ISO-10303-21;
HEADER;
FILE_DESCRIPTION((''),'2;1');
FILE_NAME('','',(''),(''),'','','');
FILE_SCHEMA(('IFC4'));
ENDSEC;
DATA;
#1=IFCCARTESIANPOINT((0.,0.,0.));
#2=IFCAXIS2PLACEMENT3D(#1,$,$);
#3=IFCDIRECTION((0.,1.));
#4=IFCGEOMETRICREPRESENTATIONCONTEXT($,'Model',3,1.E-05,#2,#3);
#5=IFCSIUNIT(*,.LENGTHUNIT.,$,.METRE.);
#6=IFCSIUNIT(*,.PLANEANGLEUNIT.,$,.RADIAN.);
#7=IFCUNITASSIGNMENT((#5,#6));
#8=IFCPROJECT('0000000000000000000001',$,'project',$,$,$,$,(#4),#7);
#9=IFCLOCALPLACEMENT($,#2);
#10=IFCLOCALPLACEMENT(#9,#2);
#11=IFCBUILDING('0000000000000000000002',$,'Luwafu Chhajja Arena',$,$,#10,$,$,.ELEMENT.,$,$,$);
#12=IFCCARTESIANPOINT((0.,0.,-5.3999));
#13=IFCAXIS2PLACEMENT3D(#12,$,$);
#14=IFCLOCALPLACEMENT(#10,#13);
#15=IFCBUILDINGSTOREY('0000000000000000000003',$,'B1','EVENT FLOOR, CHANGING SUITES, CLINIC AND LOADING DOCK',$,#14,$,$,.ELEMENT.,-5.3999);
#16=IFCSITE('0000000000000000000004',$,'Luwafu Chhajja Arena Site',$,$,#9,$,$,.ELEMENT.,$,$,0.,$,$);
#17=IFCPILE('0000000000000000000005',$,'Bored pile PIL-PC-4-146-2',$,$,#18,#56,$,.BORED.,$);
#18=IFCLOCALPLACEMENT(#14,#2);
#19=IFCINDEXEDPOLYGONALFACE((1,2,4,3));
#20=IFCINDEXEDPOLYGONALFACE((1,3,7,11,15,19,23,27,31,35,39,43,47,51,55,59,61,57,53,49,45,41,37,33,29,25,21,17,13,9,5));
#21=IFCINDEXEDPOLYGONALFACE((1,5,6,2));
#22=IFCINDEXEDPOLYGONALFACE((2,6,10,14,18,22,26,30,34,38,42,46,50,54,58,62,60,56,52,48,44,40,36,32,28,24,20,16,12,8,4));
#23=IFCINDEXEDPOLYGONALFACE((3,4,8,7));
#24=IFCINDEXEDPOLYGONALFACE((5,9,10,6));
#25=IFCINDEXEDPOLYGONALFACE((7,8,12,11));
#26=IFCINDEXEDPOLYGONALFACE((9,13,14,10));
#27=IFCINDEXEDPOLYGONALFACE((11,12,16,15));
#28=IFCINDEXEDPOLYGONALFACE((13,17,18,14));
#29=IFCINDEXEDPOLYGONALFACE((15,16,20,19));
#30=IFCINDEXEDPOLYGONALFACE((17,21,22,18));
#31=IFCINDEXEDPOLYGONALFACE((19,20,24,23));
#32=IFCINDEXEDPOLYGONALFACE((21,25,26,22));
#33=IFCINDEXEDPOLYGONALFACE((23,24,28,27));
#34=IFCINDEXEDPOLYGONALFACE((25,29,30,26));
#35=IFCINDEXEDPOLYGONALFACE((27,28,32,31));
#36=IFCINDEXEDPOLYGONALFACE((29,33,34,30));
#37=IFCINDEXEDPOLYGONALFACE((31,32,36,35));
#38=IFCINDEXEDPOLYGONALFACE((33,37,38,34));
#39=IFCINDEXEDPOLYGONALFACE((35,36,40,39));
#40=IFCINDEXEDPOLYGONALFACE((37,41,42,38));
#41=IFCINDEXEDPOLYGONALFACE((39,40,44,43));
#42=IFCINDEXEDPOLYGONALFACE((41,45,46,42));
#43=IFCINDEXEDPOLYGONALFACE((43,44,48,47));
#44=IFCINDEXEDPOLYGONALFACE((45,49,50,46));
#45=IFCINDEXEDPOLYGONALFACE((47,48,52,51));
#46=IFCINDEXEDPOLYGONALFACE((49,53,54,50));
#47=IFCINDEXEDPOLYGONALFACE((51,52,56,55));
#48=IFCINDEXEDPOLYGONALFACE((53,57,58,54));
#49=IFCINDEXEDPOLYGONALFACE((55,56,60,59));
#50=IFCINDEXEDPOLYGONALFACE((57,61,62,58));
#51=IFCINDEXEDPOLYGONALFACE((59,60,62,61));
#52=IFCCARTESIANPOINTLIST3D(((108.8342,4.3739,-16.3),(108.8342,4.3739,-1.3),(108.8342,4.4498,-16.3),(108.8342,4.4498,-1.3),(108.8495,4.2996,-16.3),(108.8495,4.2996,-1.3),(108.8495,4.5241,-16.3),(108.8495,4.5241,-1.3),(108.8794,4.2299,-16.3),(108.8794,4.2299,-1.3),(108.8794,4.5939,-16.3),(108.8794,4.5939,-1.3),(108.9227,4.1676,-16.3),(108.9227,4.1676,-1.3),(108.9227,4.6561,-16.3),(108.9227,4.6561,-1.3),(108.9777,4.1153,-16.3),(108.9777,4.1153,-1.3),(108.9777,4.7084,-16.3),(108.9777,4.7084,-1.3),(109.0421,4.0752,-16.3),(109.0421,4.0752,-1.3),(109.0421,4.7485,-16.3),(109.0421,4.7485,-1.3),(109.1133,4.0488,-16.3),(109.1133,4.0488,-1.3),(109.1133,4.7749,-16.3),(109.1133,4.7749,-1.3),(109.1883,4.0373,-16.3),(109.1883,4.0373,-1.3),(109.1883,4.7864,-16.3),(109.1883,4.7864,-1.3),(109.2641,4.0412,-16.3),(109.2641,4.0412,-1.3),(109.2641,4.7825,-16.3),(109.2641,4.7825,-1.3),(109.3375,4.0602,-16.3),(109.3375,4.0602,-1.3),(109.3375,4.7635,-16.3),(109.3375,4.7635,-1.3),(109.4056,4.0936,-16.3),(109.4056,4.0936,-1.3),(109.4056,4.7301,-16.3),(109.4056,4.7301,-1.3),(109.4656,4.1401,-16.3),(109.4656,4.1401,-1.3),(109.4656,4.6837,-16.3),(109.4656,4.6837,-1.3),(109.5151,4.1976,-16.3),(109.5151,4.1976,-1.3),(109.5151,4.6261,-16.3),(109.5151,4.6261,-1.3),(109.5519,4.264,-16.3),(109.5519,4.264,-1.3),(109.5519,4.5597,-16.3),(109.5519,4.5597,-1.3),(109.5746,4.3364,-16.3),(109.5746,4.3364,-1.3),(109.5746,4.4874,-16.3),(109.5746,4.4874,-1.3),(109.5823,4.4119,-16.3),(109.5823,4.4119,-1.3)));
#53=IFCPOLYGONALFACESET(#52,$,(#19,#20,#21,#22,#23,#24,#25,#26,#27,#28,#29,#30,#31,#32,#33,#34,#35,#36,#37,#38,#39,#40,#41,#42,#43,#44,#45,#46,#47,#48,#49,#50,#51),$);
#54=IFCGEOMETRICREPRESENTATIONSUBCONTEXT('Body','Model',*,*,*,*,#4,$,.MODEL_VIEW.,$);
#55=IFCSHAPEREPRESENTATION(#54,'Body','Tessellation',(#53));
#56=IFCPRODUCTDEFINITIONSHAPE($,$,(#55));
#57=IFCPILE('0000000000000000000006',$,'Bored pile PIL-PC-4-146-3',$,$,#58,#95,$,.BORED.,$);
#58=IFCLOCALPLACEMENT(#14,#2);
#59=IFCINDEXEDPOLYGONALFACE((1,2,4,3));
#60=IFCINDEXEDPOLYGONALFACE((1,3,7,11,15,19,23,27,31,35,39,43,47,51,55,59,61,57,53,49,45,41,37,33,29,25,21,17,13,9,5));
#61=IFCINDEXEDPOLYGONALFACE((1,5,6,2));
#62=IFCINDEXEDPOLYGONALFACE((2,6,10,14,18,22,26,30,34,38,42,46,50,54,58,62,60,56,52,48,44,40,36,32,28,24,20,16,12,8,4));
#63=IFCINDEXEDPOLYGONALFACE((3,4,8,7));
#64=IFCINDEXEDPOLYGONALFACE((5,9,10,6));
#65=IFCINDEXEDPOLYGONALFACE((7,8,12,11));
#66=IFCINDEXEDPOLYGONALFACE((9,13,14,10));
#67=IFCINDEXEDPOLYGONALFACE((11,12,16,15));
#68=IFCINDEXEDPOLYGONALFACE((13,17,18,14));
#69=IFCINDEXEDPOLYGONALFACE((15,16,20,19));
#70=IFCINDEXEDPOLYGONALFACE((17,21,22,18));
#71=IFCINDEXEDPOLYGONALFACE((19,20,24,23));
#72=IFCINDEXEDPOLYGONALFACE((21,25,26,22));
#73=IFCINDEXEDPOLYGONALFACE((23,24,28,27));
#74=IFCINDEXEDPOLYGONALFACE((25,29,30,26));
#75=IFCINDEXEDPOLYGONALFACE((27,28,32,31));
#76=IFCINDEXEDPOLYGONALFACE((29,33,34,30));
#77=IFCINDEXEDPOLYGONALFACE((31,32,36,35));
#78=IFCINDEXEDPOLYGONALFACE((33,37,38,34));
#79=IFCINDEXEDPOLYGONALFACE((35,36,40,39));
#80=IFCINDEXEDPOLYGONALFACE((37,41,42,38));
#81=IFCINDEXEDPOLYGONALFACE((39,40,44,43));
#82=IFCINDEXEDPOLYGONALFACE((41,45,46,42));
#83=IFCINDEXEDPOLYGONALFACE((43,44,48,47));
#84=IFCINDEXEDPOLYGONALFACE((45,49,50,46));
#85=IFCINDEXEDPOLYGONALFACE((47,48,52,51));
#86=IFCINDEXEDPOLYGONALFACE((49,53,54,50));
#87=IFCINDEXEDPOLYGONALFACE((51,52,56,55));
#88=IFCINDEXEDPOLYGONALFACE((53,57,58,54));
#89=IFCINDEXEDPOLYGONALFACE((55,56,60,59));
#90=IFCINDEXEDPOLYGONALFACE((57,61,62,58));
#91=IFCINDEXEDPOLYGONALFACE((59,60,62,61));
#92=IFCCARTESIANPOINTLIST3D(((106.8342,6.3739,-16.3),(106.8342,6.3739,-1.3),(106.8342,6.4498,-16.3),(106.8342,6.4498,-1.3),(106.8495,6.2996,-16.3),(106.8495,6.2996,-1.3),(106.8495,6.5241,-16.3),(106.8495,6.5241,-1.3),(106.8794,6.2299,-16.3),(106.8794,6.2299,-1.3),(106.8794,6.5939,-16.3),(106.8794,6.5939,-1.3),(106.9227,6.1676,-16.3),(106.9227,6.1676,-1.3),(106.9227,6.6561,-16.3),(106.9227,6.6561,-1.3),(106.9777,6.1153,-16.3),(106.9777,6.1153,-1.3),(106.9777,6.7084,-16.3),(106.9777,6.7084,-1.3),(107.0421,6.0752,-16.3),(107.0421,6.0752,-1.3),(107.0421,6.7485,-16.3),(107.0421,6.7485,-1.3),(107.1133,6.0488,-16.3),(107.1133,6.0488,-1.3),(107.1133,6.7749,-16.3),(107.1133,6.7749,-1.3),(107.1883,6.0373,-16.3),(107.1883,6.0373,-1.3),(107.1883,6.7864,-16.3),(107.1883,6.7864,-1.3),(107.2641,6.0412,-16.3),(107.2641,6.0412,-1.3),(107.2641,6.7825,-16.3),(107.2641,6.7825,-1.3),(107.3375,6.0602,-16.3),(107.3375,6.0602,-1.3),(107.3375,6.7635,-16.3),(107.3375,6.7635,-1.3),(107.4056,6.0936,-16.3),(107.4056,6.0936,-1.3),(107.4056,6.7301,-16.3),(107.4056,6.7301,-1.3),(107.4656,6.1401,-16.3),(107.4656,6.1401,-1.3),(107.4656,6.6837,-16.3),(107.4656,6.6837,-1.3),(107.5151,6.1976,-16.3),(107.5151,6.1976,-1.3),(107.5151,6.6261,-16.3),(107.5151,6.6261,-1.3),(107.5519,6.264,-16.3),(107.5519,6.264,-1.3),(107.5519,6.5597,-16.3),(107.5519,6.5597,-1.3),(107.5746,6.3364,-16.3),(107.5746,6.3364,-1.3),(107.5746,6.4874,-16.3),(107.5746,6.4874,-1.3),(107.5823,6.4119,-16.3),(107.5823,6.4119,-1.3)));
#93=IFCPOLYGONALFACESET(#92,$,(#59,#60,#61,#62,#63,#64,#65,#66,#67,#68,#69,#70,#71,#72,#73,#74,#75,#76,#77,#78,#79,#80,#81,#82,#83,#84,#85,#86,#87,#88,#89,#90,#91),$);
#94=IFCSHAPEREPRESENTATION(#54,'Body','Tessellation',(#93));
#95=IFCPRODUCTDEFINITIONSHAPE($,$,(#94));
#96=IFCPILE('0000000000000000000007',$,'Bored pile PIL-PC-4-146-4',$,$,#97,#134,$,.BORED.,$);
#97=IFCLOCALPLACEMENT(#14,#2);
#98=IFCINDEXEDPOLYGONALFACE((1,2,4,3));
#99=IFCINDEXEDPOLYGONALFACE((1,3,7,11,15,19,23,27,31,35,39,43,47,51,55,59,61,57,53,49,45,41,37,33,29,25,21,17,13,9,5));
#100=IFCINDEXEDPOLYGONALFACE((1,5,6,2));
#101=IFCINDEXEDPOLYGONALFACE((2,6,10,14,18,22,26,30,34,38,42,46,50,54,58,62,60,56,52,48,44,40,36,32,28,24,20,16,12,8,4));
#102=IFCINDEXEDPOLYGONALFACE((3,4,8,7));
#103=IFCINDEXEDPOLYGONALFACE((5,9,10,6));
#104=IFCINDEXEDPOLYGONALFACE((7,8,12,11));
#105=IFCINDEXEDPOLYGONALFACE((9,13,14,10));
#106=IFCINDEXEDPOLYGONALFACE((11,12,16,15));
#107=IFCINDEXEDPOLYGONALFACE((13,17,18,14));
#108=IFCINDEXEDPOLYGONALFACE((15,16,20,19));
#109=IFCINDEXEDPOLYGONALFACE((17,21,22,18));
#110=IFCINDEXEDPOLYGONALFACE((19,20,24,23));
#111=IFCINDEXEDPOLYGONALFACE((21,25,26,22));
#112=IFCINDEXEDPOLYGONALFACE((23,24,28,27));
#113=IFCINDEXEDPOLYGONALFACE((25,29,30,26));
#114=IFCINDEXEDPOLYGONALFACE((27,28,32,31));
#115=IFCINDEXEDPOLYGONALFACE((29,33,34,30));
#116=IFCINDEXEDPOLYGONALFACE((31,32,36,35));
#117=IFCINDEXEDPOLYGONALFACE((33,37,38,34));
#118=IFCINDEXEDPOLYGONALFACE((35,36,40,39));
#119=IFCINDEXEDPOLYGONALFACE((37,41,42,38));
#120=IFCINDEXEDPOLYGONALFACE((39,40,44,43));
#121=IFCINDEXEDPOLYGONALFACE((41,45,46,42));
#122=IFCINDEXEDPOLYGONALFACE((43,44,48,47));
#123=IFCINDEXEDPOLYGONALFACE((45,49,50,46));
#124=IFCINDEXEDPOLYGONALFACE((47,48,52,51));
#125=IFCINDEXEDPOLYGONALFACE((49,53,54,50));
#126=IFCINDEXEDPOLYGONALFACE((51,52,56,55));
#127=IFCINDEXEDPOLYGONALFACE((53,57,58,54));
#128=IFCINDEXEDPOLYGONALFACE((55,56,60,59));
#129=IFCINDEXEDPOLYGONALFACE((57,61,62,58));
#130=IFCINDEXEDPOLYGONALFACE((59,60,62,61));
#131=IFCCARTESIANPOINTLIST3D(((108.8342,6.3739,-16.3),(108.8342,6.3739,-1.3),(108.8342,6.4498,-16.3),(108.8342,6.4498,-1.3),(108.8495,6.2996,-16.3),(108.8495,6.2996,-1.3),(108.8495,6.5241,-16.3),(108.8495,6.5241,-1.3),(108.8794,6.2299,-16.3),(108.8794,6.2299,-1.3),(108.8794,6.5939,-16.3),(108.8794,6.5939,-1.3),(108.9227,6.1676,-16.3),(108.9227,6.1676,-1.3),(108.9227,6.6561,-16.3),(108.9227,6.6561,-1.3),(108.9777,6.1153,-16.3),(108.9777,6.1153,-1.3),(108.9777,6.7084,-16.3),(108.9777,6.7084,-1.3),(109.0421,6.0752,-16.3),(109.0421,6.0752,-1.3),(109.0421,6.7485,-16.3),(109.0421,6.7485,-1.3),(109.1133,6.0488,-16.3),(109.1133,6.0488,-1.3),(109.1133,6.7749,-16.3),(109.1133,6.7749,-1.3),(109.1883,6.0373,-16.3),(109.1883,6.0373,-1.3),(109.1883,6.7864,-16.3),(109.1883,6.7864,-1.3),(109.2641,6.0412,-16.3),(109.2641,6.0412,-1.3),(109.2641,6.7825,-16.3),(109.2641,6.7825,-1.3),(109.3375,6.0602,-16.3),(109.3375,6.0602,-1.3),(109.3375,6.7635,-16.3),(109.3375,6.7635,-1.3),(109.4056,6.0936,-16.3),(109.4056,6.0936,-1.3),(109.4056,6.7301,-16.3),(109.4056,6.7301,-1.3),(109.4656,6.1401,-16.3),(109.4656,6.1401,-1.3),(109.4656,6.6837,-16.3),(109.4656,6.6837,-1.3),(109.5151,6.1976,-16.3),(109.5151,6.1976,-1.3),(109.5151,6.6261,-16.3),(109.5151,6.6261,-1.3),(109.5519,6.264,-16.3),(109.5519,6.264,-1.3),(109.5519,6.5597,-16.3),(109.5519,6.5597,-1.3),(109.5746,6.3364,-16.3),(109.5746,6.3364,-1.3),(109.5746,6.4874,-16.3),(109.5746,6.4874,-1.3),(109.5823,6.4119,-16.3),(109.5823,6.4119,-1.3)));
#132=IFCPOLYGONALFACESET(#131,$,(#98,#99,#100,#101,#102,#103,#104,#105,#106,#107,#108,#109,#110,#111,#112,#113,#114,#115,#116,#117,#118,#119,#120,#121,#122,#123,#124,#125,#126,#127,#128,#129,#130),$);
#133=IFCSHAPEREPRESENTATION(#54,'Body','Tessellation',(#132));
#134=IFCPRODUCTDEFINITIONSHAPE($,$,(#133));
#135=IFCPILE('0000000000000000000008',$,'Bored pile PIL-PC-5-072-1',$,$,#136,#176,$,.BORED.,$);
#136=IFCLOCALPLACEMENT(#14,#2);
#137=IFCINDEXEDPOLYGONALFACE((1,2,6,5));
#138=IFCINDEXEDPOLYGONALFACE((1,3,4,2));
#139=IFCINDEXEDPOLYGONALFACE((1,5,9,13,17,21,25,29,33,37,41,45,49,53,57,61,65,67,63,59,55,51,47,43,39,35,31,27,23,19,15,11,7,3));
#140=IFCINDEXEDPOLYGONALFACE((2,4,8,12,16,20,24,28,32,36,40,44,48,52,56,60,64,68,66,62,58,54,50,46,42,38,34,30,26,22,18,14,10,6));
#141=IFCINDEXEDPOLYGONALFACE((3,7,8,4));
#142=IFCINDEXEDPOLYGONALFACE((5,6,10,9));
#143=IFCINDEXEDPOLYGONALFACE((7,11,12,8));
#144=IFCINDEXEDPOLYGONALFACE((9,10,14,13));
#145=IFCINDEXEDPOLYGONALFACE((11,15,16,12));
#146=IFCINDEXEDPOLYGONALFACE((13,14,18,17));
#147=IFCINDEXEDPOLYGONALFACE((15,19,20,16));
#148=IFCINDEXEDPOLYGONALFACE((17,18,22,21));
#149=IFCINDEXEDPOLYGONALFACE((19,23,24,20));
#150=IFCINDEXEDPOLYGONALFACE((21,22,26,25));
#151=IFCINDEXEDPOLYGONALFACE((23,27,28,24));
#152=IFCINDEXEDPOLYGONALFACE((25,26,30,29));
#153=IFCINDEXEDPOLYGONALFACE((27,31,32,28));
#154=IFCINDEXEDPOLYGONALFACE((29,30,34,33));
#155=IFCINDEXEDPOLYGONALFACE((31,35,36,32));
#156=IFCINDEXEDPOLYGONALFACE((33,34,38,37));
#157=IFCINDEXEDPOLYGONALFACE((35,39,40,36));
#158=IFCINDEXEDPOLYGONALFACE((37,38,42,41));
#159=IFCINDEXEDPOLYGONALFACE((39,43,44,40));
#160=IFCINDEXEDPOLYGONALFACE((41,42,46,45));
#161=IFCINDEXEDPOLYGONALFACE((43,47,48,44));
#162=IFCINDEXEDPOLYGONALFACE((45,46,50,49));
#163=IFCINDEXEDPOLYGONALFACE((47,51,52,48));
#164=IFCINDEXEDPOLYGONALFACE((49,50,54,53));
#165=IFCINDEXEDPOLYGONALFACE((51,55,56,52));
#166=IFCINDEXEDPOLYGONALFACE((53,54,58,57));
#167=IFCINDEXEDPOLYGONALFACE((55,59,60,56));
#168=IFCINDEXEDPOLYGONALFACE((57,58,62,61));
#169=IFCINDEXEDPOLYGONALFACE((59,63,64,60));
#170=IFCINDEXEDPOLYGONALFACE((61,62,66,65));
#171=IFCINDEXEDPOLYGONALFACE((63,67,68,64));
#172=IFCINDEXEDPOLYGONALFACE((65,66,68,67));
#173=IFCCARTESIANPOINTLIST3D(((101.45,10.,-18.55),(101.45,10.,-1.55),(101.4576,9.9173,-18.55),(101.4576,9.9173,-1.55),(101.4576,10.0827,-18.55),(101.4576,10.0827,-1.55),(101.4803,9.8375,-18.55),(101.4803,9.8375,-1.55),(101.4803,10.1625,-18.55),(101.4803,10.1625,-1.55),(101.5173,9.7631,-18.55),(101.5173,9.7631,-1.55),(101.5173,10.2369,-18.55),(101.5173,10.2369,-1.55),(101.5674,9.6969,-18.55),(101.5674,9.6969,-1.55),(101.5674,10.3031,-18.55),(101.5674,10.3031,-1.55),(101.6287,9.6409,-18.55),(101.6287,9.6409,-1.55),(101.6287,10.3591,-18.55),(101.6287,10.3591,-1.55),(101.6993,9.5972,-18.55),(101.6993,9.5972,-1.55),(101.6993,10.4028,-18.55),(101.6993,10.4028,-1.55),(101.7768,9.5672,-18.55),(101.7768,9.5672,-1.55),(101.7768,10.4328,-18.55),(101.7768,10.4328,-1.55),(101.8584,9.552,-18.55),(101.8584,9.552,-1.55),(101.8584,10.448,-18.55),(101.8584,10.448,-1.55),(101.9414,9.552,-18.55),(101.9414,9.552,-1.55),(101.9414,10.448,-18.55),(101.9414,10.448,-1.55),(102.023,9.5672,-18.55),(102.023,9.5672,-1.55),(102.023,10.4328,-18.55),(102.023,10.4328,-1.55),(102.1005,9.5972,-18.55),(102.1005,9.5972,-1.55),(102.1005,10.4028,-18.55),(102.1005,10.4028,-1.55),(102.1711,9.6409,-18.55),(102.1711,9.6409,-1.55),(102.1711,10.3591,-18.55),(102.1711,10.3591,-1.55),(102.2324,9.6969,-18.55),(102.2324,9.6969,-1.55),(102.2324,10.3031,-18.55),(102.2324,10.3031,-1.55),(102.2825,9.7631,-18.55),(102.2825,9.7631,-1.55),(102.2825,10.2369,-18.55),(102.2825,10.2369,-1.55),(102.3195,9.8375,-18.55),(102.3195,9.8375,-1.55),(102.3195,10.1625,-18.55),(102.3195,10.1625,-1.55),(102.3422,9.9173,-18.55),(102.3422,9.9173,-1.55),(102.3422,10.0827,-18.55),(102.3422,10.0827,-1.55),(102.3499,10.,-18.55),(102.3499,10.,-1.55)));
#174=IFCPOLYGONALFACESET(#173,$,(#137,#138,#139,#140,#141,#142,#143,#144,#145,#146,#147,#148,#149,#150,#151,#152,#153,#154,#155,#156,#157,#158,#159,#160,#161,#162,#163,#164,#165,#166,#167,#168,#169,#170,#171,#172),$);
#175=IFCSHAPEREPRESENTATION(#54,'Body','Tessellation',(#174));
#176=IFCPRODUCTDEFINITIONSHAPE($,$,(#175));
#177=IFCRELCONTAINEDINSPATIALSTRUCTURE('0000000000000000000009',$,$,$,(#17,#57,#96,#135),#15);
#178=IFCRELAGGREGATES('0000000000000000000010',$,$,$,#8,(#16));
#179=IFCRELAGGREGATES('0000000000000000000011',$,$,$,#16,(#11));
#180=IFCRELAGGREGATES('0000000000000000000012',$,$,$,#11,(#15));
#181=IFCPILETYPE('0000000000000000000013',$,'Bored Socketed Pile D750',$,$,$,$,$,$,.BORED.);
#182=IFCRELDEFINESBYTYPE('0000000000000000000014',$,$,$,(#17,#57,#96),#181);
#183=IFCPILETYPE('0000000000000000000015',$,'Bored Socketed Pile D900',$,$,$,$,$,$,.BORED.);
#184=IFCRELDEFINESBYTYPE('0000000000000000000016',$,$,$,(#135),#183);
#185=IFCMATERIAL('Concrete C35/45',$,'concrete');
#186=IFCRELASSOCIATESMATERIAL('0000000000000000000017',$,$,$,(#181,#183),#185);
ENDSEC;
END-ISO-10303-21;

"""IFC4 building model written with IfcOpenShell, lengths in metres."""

from ifc_helpers import new_model, si_unit, direction, frame, origin, origin_2d, place, context, subcontext, project, spatial, circle, extrude, material, material_profile, profile_set, type_object, element, save


model = new_model("IFC4")

# Units and contexts
model_context = context("Model", 3, precision=1e-05, world=origin(), true_north=direction((0.0, 1.0)))
body_context = subcontext(model_context, "Body", "Model", "MODEL_VIEW")
ifc_project = project(units=[si_unit("LENGTHUNIT", "METRE"), si_unit("PLANEANGLEUNIT", "RADIAN")], contexts=[model_context])

# Site, building, storey
site_placement = place(None, origin())
site = spatial("IfcSite", under=ifc_project, at=site_placement, Name="Luwafu Chhajja Arena Site", CompositionType="ELEMENT", RefElevation=0.0)
building_placement = place(site_placement, origin())
building = spatial("IfcBuilding", under=site, at=building_placement, Name="Luwafu Chhajja Arena", CompositionType="ELEMENT")
storey_placement = place(building_placement, frame((0.0, 0.0, -5.3999)))
storey = spatial("IfcBuildingStorey", under=building, at=storey_placement, Name="B1", Description="EVENT FLOOR, CHANGING SUITES, CLINIC AND LOADING DOCK", CompositionType="ELEMENT", Elevation=-5.3999)

# Piles
ifc_material_1 = material(Name="Concrete C35/45", Category="concrete")
ifc_material_profile_1 = material_profile(ifc_material_1, circle(Radius=0.375, at=origin_2d()), Name="PILE D750")
ifc_profile_set_1 = profile_set([ifc_material_profile_1], Name="Concrete C35/45")
pile_type_1 = type_object("IfcPileType", Name="Bored Socketed Pile D750", PredefinedType="BORED", material=ifc_profile_set_1)
for number, where, z_axis, x_axis, name in (
    (1, (109.2073, 4.4119, -1.3), (0.0, 0.0, -1.0), (1.0, 0.0, 0.0), "Bored pile PIL-PC-4-146-2"),
    (2, (107.2073, 6.4119, -1.3), (0.0, 0.0, -1.0), (1.0, 0.0, 0.0), "Bored pile PIL-PC-4-146-3"),
    (3, (109.2073, 6.4119, -1.3), (0.0, 0.0, -1.0), (1.0, 0.0, 0.0), "Bored pile PIL-PC-4-146-4"),
):
    element("IfcPile", number, at=place(storey_placement, frame(where, z_axis=z_axis, x_axis=x_axis)), inside=storey, type_object=pile_type_1, Name=name, PredefinedType="BORED", context=body_context, shape_type="SweptSolid", body=[
        extrude(circle(Radius=0.375, at=origin_2d()), origin(), (0.0, 0.0, 1.0), 15.0),
    ])
ifc_material_profile_2 = material_profile(ifc_material_1, circle(Radius=0.45, at=origin_2d()), Name="PILE D900")
ifc_profile_set_2 = profile_set([ifc_material_profile_2], Name="Concrete C35/45")
pile_type_2 = type_object("IfcPileType", Name="Bored Socketed Pile D900", PredefinedType="BORED", material=ifc_profile_set_2)
pile_placement = place(storey_placement, frame((101.8999, 10.0, -1.55), z_axis=(0.0, 0.0, -1.0), x_axis=(1.0, 0.0, 0.0)))
element("IfcPile", 4, at=pile_placement, inside=storey, type_object=pile_type_2, Name="Bored pile PIL-PC-5-072-1", PredefinedType="BORED", context=body_context, shape_type="SweptSolid", body=[
    extrude(circle(Radius=0.45, at=origin_2d()), origin(), (0.0, 0.0, 1.0), 17.0),
])

save(model, "model.ifc")
